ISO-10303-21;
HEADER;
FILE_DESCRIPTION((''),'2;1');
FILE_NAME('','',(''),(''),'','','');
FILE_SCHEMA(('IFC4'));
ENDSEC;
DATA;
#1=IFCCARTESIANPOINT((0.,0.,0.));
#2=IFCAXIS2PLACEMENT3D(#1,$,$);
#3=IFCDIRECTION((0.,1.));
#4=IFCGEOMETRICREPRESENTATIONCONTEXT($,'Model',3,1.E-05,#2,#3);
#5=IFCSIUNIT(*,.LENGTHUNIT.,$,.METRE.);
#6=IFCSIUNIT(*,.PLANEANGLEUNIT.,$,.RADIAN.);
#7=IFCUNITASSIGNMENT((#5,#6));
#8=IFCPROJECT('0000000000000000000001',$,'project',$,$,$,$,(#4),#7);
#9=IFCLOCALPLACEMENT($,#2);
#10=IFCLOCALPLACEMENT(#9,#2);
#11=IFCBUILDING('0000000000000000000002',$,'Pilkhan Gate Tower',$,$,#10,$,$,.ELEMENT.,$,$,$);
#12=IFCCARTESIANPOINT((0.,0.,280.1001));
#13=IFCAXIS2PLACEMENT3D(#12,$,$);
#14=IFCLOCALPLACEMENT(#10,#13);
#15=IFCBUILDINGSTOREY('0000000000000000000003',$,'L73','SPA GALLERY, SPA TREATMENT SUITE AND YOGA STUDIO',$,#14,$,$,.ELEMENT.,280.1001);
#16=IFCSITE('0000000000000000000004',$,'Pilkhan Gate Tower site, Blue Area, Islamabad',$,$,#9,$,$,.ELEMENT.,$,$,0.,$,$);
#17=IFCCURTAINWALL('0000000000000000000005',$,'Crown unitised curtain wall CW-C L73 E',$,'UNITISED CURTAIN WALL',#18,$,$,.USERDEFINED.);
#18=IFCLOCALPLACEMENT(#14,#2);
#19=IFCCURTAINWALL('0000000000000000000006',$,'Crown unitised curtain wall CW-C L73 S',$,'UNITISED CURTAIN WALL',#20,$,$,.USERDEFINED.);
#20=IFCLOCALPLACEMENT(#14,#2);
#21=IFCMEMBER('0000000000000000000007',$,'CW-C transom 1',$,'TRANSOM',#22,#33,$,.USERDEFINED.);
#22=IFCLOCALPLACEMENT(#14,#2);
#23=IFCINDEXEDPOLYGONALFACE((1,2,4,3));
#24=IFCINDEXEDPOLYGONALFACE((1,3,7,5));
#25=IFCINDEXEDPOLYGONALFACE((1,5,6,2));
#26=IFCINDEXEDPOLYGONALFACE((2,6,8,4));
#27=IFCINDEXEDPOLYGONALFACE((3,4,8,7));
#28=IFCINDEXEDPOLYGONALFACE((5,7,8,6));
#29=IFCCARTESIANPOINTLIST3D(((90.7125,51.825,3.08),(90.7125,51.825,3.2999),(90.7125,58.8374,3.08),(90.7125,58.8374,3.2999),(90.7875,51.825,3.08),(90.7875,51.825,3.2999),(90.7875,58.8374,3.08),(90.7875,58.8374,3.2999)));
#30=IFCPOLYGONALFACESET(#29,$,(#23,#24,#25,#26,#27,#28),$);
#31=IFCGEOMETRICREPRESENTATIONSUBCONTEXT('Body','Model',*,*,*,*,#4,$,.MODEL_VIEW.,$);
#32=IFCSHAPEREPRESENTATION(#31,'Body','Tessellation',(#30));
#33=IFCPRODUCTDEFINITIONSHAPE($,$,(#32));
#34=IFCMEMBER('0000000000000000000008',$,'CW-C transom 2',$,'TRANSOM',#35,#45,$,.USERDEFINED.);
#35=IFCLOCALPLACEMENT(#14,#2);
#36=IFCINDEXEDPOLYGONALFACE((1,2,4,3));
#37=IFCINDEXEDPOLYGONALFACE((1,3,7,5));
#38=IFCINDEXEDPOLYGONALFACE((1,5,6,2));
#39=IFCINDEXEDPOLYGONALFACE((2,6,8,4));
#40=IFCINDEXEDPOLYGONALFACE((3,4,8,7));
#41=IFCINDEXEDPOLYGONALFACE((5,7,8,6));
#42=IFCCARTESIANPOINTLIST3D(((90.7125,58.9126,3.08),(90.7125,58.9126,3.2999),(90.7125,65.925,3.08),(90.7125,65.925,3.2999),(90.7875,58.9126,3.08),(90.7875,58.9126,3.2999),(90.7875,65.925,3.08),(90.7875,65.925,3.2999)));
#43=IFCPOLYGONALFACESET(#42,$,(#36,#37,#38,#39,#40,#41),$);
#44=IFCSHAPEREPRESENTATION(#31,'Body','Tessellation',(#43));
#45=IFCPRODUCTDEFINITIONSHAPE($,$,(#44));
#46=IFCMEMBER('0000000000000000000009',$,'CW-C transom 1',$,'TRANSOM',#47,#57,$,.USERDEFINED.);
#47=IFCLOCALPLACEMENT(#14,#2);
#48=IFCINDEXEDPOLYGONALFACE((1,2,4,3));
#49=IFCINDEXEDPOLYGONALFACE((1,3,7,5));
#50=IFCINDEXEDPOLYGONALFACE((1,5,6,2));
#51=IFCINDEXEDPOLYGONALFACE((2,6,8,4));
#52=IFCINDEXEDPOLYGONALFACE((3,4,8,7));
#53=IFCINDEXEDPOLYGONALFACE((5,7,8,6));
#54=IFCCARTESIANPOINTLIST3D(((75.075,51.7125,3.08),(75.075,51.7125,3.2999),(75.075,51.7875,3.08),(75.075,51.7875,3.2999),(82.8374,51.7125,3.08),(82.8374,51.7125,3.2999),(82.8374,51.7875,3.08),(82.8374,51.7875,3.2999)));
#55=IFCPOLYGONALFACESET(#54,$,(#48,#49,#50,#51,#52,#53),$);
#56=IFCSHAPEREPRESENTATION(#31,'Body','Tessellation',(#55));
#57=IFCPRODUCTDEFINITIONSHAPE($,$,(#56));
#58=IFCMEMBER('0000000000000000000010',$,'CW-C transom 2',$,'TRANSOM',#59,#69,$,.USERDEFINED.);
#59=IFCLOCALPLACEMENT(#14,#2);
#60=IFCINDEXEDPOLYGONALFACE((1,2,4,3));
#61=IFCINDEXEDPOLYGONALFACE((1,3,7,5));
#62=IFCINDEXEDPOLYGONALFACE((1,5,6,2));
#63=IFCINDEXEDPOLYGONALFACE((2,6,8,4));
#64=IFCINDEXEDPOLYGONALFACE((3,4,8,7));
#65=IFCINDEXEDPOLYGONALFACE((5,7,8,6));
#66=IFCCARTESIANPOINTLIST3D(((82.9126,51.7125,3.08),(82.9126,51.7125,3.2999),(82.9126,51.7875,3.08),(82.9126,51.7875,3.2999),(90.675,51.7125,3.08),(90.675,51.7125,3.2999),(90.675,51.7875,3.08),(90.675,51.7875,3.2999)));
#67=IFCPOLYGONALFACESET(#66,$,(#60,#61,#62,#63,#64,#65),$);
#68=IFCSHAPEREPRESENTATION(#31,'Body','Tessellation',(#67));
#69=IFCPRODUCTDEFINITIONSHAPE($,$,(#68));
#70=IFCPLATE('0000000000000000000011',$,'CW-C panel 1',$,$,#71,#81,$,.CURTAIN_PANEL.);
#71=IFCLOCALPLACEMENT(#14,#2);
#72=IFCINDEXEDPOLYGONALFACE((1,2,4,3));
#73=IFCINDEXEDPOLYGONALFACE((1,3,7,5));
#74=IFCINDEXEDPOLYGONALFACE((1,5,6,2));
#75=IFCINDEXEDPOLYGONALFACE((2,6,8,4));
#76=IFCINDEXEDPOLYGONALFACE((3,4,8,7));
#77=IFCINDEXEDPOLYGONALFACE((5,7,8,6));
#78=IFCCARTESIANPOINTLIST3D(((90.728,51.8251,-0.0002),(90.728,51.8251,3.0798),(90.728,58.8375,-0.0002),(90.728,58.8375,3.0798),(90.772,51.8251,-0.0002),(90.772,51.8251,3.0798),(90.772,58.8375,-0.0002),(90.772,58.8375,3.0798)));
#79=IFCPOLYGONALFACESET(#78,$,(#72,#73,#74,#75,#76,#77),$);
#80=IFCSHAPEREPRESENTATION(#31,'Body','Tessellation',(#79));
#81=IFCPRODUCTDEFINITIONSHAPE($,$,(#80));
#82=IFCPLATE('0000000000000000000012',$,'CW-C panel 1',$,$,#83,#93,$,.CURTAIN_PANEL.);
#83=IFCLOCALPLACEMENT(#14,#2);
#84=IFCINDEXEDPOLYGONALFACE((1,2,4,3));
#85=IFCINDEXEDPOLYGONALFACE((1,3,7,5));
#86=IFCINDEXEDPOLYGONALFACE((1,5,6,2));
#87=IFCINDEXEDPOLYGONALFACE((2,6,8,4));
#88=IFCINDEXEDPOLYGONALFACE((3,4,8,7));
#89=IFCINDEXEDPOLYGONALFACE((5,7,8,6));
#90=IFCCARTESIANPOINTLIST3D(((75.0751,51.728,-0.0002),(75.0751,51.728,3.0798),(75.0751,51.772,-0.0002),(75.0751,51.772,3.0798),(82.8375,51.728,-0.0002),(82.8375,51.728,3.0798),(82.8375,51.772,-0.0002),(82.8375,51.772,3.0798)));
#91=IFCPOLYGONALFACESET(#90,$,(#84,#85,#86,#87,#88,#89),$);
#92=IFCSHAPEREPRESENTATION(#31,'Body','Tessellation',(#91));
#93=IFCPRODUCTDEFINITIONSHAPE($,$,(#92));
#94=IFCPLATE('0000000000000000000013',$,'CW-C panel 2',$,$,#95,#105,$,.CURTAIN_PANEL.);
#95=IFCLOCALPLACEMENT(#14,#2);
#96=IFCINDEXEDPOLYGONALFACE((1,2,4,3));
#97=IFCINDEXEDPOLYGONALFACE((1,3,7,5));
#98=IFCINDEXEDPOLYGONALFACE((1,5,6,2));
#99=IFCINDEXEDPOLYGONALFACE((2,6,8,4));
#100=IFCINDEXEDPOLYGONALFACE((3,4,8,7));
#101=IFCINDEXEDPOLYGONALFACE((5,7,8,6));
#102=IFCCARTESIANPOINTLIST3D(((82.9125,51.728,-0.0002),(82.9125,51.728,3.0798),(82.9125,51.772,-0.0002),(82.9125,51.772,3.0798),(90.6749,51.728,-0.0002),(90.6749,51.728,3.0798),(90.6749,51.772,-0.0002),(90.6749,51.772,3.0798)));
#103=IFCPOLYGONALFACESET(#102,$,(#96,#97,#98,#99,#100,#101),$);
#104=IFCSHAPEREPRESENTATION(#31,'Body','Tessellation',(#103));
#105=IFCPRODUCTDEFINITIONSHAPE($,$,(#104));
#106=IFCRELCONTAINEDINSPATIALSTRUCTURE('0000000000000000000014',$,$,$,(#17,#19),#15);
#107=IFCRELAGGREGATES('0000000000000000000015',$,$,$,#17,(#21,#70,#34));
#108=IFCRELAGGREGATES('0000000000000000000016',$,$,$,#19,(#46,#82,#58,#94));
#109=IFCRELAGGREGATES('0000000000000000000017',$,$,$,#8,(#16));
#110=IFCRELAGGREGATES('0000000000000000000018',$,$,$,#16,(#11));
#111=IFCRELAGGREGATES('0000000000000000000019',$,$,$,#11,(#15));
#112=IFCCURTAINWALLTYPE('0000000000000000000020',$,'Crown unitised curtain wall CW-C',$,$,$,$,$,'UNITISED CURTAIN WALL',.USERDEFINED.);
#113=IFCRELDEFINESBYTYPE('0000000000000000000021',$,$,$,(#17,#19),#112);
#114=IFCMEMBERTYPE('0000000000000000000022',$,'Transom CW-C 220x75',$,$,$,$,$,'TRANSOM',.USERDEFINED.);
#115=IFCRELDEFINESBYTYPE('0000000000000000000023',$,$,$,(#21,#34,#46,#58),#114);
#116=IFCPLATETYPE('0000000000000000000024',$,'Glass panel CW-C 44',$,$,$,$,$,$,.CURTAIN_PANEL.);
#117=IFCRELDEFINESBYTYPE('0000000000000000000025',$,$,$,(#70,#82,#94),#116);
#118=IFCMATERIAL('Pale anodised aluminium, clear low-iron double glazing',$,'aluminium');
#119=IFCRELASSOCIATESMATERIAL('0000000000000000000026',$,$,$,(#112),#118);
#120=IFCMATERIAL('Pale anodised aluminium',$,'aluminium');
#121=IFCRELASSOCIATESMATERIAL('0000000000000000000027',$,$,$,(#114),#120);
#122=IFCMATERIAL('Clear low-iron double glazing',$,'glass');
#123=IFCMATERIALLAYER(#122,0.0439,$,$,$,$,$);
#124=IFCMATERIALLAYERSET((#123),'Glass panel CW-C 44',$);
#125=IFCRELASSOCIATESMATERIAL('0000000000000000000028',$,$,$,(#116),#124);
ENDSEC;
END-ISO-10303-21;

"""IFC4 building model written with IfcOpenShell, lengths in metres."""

from ifc_helpers import new_model, si_unit, direction, frame, origin, origin_2d, place, context, subcontext, project, spatial, rectangle, extrude, material, layer, layer_set, material_profile, profile_set, type_object, element, aggregate, save


model = new_model("IFC4")

# Units and contexts
model_context = context("Model", 3, precision=1e-05, world=origin(), true_north=direction((0.0, 1.0)))
body_context = subcontext(model_context, "Body", "Model", "MODEL_VIEW")
ifc_project = project(units=[si_unit("LENGTHUNIT", "METRE"), si_unit("PLANEANGLEUNIT", "RADIAN")], contexts=[model_context])

# Site, building, storey
site_placement = place(None, origin())
site = spatial("IfcSite", under=ifc_project, at=site_placement, Name="Pilkhan Gate Tower site, Blue Area, Islamabad", CompositionType="ELEMENT", RefElevation=0.0)
building_placement = place(site_placement, origin())
building = spatial("IfcBuilding", under=site, at=building_placement, Name="Pilkhan Gate Tower", CompositionType="ELEMENT")
storey_placement = place(building_placement, frame((0.0, 0.0, 280.1001)))
storey = spatial("IfcBuildingStorey", under=building, at=storey_placement, Name="L73", Description="SPA GALLERY, SPA TREATMENT SUITE AND YOGA STUDIO", CompositionType="ELEMENT", Elevation=280.1001)

# Curtain wall
ifc_material_1 = material(Name="Pale anodised aluminium, clear low-iron double glazing", Category="aluminium")
curtain_wall_type = type_object("IfcCurtainWallType", Name="Crown unitised curtain wall CW-C", ElementType="UNITISED CURTAIN WALL", PredefinedType="USERDEFINED", material=ifc_material_1)
curtain_wall_1_placement = place(storey_placement, origin())
curtain_wall_1 = element("IfcCurtainWall", 1, at=curtain_wall_1_placement, inside=storey, type_object=curtain_wall_type, Name="Crown unitised curtain wall CW-C L73 E", ObjectType="UNITISED CURTAIN WALL", PredefinedType="USERDEFINED")
ifc_material_2 = material(Name="Pale anodised aluminium", Category="aluminium")

# Curtain wall
curtain_wall_2_placement = place(storey_placement, origin())
curtain_wall_2 = element("IfcCurtainWall", 2, at=curtain_wall_2_placement, inside=storey, type_object=curtain_wall_type, Name="Crown unitised curtain wall CW-C L73 S", ObjectType="UNITISED CURTAIN WALL", PredefinedType="USERDEFINED")

# Members
ifc_material_profile_1 = material_profile(ifc_material_2, rectangle(XDim=0.075, YDim=0.22, at=origin_2d()), Name="Transom 220x75")
ifc_profile_set_1 = profile_set([ifc_material_profile_1], Name="Pale anodised aluminium")
member_type_1 = type_object("IfcMemberType", Name="Transom CW-C 220x75", ElementType="TRANSOM", PredefinedType="USERDEFINED", material=ifc_profile_set_1)
member_1_placement = place(storey_placement, frame((90.75, 51.825, 3.1899), z_axis=(0.0, 1.0, 0.0), x_axis=(-1.0, 0.0, 0.0)))
member_1 = element("IfcMember", 3, at=member_1_placement, type_object=member_type_1, Name="CW-C transom 1", ObjectType="TRANSOM", PredefinedType="USERDEFINED", context=body_context, shape_type="SweptSolid", body=[
    extrude(rectangle(XDim=0.075, YDim=0.22, at=origin_2d()), origin(), (0.0, 0.0, 1.0), 7.0125),
])
member_2_placement = place(storey_placement, frame((90.75, 58.9126, 3.1899), z_axis=(0.0, 1.0, 0.0), x_axis=(-1.0, 0.0, 0.0)))
member_2 = element("IfcMember", 4, at=member_2_placement, type_object=member_type_1, Name="CW-C transom 2", ObjectType="TRANSOM", PredefinedType="USERDEFINED", context=body_context, shape_type="SweptSolid", body=[
    extrude(rectangle(XDim=0.075, YDim=0.22, at=origin_2d()), origin(), (0.0, 0.0, 1.0), 7.0125),
])
member_3_placement = place(storey_placement, frame((75.075, 51.75, 3.1899), z_axis=(1.0, 0.0, 0.0), x_axis=(0.0, 1.0, 0.0)))
member_3 = element("IfcMember", 5, at=member_3_placement, type_object=member_type_1, Name="CW-C transom 1", ObjectType="TRANSOM", PredefinedType="USERDEFINED", context=body_context, shape_type="SweptSolid", body=[
    extrude(rectangle(XDim=0.075, YDim=0.22, at=origin_2d()), origin(), (0.0, 0.0, 1.0), 7.7625),
])
member_4_placement = place(storey_placement, frame((82.9126, 51.75, 3.1899), z_axis=(1.0, 0.0, 0.0), x_axis=(0.0, 1.0, 0.0)))
member_4 = element("IfcMember", 6, at=member_4_placement, type_object=member_type_1, Name="CW-C transom 2", ObjectType="TRANSOM", PredefinedType="USERDEFINED", context=body_context, shape_type="SweptSolid", body=[
    extrude(rectangle(XDim=0.075, YDim=0.22, at=origin_2d()), origin(), (0.0, 0.0, 1.0), 7.7625),
])

# Plates
ifc_material_3 = material(Name="Clear low-iron double glazing", Category="glass")
ifc_layer = layer(ifc_material_3, 0.0439)
ifc_layer_set = layer_set([ifc_layer], Name="Glass panel CW-C 44")
plate_type = type_object("IfcPlateType", Name="Glass panel CW-C 44", PredefinedType="CURTAIN_PANEL", material=ifc_layer_set)
plate_1_placement = place(storey_placement, frame((90.75, 55.3313, -0.0002), z_axis=(0.0, 0.0, 1.0), x_axis=(0.0, 1.0, 0.0)))
plate_1 = element("IfcPlate", 7, at=plate_1_placement, type_object=plate_type, Name="CW-C panel 1", PredefinedType="CURTAIN_PANEL", context=body_context, shape_type="SweptSolid", body=[
    extrude(rectangle(XDim=7.0125, YDim=0.0439, at=origin_2d()), origin(), (0.0, 0.0, 1.0), 3.0801),
])
aggregate(curtain_wall_1, [member_1, plate_1, member_2])
plate_2_placement = place(storey_placement, frame((78.9563, 51.75, -0.0002), z_axis=(0.0, 0.0, 1.0), x_axis=(1.0, 0.0, 0.0)))
plate_2 = element("IfcPlate", 8, at=plate_2_placement, type_object=plate_type, Name="CW-C panel 1", PredefinedType="CURTAIN_PANEL", context=body_context, shape_type="SweptSolid", body=[
    extrude(rectangle(XDim=7.7625, YDim=0.0439, at=origin_2d()), origin(), (0.0, 0.0, 1.0), 3.0801),
])
plate_3_placement = place(storey_placement, frame((86.7937, 51.75, -0.0002), z_axis=(0.0, 0.0, 1.0), x_axis=(1.0, 0.0, 0.0)))
plate_3 = element("IfcPlate", 9, at=plate_3_placement, type_object=plate_type, Name="CW-C panel 2", PredefinedType="CURTAIN_PANEL", context=body_context, shape_type="SweptSolid", body=[
    extrude(rectangle(XDim=7.7625, YDim=0.0439, at=origin_2d()), origin(), (0.0, 0.0, 1.0), 3.0801),
])
aggregate(curtain_wall_2, [member_3, plate_2, member_4, plate_3])

save(model, "model.ifc")
